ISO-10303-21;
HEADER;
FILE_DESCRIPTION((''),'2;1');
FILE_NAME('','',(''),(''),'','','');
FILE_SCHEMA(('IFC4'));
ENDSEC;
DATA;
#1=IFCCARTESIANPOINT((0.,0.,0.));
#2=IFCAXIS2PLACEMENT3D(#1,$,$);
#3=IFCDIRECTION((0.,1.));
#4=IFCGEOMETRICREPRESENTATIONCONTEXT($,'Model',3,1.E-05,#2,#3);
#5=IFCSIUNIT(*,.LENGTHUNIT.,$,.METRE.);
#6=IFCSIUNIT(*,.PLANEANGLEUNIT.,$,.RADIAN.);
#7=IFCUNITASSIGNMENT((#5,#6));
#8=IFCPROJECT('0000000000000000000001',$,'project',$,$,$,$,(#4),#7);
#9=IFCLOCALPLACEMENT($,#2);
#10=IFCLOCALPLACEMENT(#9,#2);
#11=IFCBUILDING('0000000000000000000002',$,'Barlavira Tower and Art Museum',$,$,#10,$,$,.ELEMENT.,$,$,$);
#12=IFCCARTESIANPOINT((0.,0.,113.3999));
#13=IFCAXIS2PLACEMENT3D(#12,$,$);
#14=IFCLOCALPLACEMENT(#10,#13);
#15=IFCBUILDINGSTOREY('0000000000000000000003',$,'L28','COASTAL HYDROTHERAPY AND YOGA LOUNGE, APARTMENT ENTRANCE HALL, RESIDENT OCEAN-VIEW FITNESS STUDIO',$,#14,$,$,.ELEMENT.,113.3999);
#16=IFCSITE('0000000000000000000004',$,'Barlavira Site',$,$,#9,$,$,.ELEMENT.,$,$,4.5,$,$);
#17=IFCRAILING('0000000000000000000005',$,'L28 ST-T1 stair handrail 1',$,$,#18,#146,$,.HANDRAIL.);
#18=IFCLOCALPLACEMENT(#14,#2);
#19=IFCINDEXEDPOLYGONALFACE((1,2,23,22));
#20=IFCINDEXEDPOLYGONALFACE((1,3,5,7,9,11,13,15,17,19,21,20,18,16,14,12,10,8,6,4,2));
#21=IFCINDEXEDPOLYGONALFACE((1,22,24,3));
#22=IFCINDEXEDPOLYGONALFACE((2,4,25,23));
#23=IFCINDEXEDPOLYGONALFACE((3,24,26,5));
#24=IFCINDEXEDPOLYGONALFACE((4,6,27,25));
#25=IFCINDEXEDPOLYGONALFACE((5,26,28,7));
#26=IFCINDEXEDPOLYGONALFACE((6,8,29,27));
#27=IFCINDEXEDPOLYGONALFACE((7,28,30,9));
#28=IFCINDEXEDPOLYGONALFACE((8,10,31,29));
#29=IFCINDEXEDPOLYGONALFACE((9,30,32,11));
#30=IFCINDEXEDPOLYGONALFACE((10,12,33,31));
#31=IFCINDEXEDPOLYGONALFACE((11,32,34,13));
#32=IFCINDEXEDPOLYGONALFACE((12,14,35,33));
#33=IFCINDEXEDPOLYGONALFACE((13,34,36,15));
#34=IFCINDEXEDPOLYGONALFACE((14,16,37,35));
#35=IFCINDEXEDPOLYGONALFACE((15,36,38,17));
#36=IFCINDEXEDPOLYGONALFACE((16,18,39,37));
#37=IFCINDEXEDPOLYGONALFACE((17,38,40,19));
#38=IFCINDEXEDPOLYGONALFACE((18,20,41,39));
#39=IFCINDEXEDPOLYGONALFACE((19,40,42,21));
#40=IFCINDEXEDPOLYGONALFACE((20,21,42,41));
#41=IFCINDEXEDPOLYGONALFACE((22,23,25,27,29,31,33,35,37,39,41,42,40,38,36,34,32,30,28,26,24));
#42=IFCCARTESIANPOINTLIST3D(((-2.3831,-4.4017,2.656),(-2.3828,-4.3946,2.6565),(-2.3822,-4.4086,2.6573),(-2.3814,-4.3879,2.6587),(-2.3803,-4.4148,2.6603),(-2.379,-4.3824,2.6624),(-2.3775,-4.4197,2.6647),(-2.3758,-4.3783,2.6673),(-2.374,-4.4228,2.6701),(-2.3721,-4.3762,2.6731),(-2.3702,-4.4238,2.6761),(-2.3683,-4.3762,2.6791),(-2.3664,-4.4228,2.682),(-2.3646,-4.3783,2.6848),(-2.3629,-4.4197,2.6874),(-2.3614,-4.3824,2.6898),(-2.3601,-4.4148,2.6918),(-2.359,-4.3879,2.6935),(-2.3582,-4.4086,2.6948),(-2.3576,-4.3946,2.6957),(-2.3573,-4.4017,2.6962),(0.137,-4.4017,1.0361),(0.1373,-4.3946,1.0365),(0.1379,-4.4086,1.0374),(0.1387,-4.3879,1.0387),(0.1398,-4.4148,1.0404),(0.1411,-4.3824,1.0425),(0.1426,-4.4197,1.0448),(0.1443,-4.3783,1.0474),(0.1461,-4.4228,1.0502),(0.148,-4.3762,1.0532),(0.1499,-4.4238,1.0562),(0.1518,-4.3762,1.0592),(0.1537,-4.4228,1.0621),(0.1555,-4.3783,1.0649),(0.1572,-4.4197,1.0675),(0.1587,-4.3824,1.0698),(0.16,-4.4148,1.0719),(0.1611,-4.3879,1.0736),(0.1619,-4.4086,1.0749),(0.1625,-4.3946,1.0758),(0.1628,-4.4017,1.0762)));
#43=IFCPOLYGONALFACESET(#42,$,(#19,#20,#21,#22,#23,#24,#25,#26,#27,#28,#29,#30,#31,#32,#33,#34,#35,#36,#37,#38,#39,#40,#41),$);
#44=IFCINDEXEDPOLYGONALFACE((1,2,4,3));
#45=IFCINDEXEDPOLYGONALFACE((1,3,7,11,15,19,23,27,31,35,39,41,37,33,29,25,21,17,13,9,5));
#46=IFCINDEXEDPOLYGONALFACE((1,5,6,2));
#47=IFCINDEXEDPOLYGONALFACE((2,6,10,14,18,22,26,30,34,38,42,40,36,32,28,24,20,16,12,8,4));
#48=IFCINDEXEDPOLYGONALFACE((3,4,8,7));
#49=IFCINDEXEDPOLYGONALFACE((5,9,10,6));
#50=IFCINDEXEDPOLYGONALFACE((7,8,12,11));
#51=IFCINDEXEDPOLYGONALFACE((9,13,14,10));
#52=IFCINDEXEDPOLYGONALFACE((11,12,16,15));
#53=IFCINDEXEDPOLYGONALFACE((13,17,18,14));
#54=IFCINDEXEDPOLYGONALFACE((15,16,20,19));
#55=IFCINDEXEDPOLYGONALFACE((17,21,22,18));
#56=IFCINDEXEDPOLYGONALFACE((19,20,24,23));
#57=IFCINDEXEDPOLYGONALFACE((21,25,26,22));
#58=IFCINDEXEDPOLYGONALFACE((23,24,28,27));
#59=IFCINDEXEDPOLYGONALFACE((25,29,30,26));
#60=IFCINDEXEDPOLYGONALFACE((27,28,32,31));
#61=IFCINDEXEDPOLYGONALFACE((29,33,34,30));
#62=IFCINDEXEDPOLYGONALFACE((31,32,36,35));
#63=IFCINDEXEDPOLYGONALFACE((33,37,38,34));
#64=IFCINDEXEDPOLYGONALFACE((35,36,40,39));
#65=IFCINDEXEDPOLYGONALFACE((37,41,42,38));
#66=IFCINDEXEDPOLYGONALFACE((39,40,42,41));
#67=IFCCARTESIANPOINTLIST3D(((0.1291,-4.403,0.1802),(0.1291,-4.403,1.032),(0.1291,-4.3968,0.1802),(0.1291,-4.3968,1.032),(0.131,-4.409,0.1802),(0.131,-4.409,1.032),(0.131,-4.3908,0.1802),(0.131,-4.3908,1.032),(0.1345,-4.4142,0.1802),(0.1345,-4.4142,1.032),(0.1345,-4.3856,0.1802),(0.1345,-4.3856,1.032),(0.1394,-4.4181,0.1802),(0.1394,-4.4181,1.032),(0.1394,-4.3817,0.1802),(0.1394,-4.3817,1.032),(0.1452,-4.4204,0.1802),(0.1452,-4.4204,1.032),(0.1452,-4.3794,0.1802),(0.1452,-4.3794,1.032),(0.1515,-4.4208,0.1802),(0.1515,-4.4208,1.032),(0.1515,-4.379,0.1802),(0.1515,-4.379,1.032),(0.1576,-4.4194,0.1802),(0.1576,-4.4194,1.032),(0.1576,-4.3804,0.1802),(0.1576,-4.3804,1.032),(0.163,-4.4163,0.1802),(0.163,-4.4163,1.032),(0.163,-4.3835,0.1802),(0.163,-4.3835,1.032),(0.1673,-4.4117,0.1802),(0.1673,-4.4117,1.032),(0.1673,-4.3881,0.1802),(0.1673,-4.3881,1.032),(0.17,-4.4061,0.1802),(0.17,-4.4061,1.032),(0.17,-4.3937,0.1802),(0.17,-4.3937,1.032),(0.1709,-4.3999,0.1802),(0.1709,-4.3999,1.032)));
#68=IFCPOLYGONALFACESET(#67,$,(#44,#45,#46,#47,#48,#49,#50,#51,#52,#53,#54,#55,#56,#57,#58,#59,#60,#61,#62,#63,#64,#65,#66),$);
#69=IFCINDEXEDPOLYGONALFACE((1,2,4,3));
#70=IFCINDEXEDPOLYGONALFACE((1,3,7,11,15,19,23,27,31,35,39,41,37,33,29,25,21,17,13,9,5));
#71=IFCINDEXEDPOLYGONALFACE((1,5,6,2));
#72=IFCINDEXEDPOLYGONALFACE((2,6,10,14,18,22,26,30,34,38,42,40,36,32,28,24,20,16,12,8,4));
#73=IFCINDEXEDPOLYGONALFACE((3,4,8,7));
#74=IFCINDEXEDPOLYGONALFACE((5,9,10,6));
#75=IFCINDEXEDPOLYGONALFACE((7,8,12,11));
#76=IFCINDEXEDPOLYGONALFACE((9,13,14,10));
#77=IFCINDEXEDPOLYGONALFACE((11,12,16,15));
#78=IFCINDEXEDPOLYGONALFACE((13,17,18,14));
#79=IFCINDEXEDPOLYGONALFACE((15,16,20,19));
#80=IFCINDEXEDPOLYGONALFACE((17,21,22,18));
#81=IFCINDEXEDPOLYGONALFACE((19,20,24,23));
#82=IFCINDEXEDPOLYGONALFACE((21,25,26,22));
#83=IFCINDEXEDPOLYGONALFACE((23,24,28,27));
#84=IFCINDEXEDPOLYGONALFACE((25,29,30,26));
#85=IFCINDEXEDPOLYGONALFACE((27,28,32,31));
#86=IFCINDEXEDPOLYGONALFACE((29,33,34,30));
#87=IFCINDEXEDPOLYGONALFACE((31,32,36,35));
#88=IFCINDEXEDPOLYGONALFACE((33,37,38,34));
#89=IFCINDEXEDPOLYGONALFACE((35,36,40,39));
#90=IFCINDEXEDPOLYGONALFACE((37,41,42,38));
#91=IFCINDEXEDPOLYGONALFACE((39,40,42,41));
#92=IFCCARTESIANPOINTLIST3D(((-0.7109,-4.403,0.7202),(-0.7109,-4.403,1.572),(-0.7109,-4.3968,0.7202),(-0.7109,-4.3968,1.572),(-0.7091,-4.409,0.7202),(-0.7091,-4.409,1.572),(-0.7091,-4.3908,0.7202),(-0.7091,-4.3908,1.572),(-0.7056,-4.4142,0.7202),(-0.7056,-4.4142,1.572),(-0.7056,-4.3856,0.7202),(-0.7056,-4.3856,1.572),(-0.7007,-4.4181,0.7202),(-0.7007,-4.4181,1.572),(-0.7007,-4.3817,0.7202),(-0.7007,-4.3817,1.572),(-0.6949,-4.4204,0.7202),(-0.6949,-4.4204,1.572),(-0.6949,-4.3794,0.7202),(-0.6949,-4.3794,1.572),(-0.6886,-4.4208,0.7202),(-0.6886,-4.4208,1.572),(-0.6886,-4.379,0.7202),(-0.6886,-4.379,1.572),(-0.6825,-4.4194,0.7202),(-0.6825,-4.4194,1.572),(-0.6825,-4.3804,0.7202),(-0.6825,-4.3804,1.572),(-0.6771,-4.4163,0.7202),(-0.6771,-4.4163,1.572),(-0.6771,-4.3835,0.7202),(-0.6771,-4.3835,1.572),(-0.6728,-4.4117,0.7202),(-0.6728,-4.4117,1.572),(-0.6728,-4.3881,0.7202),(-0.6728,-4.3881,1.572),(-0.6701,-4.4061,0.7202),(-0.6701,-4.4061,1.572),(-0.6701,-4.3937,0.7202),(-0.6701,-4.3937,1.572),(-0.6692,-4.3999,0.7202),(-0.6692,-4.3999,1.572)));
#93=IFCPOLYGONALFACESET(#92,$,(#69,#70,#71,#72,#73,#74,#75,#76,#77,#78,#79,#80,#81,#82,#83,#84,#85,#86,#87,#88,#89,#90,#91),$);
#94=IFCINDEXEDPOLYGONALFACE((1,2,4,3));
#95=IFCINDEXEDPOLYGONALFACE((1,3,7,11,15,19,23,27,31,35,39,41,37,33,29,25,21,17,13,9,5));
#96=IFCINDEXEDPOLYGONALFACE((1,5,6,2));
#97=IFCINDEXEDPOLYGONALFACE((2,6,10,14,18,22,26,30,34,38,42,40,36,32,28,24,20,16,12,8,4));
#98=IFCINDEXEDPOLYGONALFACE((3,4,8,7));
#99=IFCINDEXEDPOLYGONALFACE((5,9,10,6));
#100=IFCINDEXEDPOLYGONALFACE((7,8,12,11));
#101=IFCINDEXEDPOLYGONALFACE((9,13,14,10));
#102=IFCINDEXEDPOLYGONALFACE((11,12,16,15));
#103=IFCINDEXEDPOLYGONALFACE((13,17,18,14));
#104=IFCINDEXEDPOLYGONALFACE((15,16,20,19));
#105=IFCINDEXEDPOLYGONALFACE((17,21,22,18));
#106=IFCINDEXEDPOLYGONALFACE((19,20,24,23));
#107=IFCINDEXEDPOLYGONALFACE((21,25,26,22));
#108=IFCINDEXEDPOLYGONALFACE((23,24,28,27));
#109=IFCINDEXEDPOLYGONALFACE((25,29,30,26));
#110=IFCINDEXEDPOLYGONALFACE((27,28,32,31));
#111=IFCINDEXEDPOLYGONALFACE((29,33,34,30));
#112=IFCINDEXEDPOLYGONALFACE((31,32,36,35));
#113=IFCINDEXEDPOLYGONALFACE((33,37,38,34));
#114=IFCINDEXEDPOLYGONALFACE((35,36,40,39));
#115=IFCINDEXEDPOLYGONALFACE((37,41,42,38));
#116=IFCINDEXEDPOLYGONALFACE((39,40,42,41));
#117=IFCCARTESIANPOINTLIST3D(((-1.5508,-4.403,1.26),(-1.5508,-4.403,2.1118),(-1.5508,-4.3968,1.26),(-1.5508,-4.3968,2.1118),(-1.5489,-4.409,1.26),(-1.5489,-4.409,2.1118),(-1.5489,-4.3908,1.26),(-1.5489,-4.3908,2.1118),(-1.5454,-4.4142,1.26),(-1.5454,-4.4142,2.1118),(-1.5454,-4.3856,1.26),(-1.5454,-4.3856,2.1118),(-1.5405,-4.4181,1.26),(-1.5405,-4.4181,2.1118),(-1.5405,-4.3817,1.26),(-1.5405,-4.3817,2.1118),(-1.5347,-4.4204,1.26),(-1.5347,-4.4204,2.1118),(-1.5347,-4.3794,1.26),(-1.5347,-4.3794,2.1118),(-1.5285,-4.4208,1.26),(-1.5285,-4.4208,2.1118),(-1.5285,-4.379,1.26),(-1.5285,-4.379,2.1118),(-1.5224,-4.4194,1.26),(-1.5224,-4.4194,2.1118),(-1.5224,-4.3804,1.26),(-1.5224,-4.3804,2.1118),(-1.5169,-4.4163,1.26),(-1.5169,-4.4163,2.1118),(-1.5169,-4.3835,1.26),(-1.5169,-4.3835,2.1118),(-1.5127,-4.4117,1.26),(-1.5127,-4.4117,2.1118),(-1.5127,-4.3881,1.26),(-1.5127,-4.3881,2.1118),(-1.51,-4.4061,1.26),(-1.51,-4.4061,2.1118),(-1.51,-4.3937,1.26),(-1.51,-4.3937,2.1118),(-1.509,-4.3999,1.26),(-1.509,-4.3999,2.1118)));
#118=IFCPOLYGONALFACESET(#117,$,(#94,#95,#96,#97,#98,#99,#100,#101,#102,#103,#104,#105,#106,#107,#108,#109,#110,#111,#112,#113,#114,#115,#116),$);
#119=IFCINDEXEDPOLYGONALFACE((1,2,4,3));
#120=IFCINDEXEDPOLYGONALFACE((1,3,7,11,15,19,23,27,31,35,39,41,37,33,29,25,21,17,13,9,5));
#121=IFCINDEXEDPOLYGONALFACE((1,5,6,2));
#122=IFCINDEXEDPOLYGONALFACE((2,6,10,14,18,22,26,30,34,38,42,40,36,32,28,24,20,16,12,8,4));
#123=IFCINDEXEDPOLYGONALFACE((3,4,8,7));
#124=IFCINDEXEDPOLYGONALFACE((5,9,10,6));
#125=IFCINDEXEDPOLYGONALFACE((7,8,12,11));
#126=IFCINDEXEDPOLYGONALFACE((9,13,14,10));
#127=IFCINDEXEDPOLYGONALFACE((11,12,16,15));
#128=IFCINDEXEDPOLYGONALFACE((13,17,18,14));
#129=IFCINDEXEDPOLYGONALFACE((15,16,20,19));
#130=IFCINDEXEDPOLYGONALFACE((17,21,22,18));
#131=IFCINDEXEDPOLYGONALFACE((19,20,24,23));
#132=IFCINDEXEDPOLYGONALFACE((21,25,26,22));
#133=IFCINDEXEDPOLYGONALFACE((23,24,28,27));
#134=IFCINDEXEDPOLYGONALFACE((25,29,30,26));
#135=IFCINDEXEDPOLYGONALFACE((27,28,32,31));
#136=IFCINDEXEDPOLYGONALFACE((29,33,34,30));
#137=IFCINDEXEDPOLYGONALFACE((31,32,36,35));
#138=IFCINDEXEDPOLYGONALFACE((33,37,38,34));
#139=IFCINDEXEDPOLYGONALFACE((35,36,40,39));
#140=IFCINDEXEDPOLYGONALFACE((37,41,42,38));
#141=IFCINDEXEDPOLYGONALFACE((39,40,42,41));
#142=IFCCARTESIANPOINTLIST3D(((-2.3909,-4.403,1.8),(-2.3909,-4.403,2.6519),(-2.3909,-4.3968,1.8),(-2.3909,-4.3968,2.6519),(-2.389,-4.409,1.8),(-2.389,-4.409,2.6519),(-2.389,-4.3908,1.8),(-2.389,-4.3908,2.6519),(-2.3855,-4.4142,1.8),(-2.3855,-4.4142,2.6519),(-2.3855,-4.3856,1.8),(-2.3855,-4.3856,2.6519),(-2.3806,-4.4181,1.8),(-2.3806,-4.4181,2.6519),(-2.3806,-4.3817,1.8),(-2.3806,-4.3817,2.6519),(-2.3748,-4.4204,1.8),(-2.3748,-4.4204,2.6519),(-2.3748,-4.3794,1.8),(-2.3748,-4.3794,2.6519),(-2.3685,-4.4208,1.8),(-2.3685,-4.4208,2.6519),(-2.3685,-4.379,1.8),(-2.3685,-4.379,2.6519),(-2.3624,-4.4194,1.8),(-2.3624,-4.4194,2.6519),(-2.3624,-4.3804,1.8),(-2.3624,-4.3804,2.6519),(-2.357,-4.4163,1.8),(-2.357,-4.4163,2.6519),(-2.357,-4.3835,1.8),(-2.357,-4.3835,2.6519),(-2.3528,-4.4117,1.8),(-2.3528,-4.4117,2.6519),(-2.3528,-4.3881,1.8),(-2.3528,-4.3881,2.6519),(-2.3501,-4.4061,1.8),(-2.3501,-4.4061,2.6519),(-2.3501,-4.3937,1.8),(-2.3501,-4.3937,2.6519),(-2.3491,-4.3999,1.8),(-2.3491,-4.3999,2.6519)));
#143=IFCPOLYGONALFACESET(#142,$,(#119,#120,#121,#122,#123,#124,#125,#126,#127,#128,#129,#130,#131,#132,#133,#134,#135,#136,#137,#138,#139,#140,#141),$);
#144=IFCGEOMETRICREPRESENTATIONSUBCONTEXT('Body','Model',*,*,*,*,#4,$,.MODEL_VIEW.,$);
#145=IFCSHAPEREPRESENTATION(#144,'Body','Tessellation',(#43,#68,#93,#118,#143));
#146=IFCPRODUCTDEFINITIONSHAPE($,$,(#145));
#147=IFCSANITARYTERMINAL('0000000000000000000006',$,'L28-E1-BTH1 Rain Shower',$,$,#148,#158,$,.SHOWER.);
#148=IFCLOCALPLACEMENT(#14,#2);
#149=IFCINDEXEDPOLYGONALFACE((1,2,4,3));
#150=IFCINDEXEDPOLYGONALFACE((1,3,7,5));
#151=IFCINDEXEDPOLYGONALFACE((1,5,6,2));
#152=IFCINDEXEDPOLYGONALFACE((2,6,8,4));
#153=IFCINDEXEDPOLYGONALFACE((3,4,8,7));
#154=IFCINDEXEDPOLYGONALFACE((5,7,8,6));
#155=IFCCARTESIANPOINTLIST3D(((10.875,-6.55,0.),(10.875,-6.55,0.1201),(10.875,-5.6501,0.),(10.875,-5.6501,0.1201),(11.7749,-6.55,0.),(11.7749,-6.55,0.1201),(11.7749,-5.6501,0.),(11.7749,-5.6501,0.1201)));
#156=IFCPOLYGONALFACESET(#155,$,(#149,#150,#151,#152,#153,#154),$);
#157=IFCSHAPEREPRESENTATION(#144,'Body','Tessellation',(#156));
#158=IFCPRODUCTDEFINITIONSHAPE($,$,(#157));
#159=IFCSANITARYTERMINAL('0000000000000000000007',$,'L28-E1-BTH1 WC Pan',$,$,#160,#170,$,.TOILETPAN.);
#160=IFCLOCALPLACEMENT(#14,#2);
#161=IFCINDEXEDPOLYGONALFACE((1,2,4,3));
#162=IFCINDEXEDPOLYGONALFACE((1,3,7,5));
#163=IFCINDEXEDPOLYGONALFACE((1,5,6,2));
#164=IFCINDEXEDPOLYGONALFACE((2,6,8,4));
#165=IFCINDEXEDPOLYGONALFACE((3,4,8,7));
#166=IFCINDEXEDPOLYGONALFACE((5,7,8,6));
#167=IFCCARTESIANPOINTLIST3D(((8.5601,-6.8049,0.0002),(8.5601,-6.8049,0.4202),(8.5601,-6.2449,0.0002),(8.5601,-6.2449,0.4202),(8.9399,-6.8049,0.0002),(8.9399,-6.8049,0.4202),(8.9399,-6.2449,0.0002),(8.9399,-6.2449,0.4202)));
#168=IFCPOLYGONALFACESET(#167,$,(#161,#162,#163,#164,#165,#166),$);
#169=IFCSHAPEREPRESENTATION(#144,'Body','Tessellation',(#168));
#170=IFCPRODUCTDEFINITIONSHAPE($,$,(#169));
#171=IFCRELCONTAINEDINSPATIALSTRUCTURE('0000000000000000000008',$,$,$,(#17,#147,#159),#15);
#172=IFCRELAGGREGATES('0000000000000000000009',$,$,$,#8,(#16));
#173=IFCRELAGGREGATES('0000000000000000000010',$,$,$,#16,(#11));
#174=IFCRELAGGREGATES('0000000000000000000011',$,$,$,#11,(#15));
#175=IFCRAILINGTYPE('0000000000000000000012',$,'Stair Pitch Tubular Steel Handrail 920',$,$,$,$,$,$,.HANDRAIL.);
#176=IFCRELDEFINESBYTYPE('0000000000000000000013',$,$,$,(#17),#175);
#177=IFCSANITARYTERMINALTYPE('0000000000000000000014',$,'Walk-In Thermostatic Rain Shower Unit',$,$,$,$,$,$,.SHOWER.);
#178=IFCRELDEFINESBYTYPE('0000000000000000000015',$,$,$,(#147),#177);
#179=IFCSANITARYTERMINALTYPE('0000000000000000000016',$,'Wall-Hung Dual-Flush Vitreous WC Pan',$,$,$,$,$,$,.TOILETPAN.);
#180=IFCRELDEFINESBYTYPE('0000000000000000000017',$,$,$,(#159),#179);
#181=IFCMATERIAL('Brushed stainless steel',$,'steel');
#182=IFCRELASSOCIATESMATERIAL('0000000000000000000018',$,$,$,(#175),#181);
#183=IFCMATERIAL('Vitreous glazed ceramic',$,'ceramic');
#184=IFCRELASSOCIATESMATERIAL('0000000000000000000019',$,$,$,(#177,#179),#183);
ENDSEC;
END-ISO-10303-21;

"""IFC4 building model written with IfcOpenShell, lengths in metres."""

from ifc_helpers import new_model, si_unit, direction, frame, origin, origin_2d, place, context, subcontext, project, spatial, rectangle, circle, extrude, material, type_object, element, save


model = new_model("IFC4")

# Units and contexts
model_context = context("Model", 3, precision=1e-05, world=origin(), true_north=direction((0.0, 1.0)))
body_context = subcontext(model_context, "Body", "Model", "MODEL_VIEW")
ifc_project = project(units=[si_unit("LENGTHUNIT", "METRE"), si_unit("PLANEANGLEUNIT", "RADIAN")], contexts=[model_context])

# Site, building, storey
site_placement = place(None, origin())
site = spatial("IfcSite", under=ifc_project, at=site_placement, Name="Barlavira Site", CompositionType="ELEMENT", RefElevation=4.5)
building_placement = place(site_placement, origin())
building = spatial("IfcBuilding", under=site, at=building_placement, Name="Barlavira Tower and Art Museum", CompositionType="ELEMENT")
storey_placement = place(building_placement, frame((0.0, 0.0, 113.3999)))
storey = spatial("IfcBuildingStorey", under=building, at=storey_placement, Name="L28", Description="COASTAL HYDROTHERAPY AND YOGA LOUNGE, APARTMENT ENTRANCE HALL, RESIDENT OCEAN-VIEW FITNESS STUDIO", CompositionType="ELEMENT", Elevation=113.3999)

# Shared definitions
ifc_material_1 = material(Name="Brushed stainless steel", Category="steel")

# Railing
railing_type_1 = type_object("IfcRailingType", Name="Stair Pitch Tubular Steel Handrail 920", PredefinedType="HANDRAIL", material=ifc_material_1)
railing_1_placement = place(storey_placement, frame((0.1499, -4.3999, 0.1802)))
element("IfcRailing", 1, at=railing_1_placement, inside=storey, type_object=railing_type_1, Name="L28 ST-T1 stair handrail 1", PredefinedType="HANDRAIL", context=body_context, shape_type="SweptSolid", body=[
    extrude(circle(Radius=0.0239, at=origin_2d()), frame((0.0, 0.0, 0.876), z_axis=(-0.8412, 0.0, 0.540725), x_axis=(0.0, -1.0, 0.0)), (0.0, 0.0, 1.0), 2.9958),
    extrude(circle(Radius=0.021, at=origin_2d()), origin(), (0.0, 0.0, 1.0), 0.8518),
    extrude(circle(Radius=0.021, at=origin_2d()), frame((-0.8401, 0.0, 0.54)), (0.0, 0.0, 1.0), 0.8518),
    extrude(circle(Radius=0.021, at=origin_2d()), frame((-1.6799, 0.0, 1.0798)), (0.0, 0.0, 1.0), 0.8518),
    extrude(circle(Radius=0.021, at=origin_2d()), frame((-2.52, 0.0, 1.6199)), (0.0, 0.0, 1.0), 0.8518),
])

# Sanitary terminals
ifc_material_2 = material(Name="Vitreous glazed ceramic", Category="ceramic")
sanitary_terminal_type_1 = type_object("IfcSanitaryTerminalType", Name="Walk-In Thermostatic Rain Shower Unit", PredefinedType="SHOWER", material=ifc_material_2)
sanitary_terminal_1_placement = place(storey_placement, frame((11.325, -6.1001, 0.0), z_axis=(0.0, 0.0, 1.0), x_axis=(1.0, 0.0, 0.0)))
element("IfcSanitaryTerminal", 2, at=sanitary_terminal_1_placement, inside=storey, type_object=sanitary_terminal_type_1, Name="L28-E1-BTH1 Rain Shower", PredefinedType="SHOWER", context=body_context, shape_type="SweptSolid", body=[
    extrude(rectangle(XDim=0.8999, YDim=0.8999, at=origin_2d()), origin(), (0.0, 0.0, 1.0), 0.1201),
])
sanitary_terminal_type_2 = type_object("IfcSanitaryTerminalType", Name="Wall-Hung Dual-Flush Vitreous WC Pan", PredefinedType="TOILETPAN", material=ifc_material_2)
sanitary_terminal_2_placement = place(storey_placement, frame((8.75, -6.5249, 0.0002), z_axis=(0.0, 0.0, 1.0), x_axis=(1.0, 0.0, 0.0)))
element("IfcSanitaryTerminal", 3, at=sanitary_terminal_2_placement, inside=storey, type_object=sanitary_terminal_type_2, Name="L28-E1-BTH1 WC Pan", PredefinedType="TOILETPAN", context=body_context, shape_type="SweptSolid", body=[
    extrude(rectangle(XDim=0.3799, YDim=0.5601, at=origin_2d()), origin(), (0.0, 0.0, 1.0), 0.4199),
])

save(model, "model.ifc")
